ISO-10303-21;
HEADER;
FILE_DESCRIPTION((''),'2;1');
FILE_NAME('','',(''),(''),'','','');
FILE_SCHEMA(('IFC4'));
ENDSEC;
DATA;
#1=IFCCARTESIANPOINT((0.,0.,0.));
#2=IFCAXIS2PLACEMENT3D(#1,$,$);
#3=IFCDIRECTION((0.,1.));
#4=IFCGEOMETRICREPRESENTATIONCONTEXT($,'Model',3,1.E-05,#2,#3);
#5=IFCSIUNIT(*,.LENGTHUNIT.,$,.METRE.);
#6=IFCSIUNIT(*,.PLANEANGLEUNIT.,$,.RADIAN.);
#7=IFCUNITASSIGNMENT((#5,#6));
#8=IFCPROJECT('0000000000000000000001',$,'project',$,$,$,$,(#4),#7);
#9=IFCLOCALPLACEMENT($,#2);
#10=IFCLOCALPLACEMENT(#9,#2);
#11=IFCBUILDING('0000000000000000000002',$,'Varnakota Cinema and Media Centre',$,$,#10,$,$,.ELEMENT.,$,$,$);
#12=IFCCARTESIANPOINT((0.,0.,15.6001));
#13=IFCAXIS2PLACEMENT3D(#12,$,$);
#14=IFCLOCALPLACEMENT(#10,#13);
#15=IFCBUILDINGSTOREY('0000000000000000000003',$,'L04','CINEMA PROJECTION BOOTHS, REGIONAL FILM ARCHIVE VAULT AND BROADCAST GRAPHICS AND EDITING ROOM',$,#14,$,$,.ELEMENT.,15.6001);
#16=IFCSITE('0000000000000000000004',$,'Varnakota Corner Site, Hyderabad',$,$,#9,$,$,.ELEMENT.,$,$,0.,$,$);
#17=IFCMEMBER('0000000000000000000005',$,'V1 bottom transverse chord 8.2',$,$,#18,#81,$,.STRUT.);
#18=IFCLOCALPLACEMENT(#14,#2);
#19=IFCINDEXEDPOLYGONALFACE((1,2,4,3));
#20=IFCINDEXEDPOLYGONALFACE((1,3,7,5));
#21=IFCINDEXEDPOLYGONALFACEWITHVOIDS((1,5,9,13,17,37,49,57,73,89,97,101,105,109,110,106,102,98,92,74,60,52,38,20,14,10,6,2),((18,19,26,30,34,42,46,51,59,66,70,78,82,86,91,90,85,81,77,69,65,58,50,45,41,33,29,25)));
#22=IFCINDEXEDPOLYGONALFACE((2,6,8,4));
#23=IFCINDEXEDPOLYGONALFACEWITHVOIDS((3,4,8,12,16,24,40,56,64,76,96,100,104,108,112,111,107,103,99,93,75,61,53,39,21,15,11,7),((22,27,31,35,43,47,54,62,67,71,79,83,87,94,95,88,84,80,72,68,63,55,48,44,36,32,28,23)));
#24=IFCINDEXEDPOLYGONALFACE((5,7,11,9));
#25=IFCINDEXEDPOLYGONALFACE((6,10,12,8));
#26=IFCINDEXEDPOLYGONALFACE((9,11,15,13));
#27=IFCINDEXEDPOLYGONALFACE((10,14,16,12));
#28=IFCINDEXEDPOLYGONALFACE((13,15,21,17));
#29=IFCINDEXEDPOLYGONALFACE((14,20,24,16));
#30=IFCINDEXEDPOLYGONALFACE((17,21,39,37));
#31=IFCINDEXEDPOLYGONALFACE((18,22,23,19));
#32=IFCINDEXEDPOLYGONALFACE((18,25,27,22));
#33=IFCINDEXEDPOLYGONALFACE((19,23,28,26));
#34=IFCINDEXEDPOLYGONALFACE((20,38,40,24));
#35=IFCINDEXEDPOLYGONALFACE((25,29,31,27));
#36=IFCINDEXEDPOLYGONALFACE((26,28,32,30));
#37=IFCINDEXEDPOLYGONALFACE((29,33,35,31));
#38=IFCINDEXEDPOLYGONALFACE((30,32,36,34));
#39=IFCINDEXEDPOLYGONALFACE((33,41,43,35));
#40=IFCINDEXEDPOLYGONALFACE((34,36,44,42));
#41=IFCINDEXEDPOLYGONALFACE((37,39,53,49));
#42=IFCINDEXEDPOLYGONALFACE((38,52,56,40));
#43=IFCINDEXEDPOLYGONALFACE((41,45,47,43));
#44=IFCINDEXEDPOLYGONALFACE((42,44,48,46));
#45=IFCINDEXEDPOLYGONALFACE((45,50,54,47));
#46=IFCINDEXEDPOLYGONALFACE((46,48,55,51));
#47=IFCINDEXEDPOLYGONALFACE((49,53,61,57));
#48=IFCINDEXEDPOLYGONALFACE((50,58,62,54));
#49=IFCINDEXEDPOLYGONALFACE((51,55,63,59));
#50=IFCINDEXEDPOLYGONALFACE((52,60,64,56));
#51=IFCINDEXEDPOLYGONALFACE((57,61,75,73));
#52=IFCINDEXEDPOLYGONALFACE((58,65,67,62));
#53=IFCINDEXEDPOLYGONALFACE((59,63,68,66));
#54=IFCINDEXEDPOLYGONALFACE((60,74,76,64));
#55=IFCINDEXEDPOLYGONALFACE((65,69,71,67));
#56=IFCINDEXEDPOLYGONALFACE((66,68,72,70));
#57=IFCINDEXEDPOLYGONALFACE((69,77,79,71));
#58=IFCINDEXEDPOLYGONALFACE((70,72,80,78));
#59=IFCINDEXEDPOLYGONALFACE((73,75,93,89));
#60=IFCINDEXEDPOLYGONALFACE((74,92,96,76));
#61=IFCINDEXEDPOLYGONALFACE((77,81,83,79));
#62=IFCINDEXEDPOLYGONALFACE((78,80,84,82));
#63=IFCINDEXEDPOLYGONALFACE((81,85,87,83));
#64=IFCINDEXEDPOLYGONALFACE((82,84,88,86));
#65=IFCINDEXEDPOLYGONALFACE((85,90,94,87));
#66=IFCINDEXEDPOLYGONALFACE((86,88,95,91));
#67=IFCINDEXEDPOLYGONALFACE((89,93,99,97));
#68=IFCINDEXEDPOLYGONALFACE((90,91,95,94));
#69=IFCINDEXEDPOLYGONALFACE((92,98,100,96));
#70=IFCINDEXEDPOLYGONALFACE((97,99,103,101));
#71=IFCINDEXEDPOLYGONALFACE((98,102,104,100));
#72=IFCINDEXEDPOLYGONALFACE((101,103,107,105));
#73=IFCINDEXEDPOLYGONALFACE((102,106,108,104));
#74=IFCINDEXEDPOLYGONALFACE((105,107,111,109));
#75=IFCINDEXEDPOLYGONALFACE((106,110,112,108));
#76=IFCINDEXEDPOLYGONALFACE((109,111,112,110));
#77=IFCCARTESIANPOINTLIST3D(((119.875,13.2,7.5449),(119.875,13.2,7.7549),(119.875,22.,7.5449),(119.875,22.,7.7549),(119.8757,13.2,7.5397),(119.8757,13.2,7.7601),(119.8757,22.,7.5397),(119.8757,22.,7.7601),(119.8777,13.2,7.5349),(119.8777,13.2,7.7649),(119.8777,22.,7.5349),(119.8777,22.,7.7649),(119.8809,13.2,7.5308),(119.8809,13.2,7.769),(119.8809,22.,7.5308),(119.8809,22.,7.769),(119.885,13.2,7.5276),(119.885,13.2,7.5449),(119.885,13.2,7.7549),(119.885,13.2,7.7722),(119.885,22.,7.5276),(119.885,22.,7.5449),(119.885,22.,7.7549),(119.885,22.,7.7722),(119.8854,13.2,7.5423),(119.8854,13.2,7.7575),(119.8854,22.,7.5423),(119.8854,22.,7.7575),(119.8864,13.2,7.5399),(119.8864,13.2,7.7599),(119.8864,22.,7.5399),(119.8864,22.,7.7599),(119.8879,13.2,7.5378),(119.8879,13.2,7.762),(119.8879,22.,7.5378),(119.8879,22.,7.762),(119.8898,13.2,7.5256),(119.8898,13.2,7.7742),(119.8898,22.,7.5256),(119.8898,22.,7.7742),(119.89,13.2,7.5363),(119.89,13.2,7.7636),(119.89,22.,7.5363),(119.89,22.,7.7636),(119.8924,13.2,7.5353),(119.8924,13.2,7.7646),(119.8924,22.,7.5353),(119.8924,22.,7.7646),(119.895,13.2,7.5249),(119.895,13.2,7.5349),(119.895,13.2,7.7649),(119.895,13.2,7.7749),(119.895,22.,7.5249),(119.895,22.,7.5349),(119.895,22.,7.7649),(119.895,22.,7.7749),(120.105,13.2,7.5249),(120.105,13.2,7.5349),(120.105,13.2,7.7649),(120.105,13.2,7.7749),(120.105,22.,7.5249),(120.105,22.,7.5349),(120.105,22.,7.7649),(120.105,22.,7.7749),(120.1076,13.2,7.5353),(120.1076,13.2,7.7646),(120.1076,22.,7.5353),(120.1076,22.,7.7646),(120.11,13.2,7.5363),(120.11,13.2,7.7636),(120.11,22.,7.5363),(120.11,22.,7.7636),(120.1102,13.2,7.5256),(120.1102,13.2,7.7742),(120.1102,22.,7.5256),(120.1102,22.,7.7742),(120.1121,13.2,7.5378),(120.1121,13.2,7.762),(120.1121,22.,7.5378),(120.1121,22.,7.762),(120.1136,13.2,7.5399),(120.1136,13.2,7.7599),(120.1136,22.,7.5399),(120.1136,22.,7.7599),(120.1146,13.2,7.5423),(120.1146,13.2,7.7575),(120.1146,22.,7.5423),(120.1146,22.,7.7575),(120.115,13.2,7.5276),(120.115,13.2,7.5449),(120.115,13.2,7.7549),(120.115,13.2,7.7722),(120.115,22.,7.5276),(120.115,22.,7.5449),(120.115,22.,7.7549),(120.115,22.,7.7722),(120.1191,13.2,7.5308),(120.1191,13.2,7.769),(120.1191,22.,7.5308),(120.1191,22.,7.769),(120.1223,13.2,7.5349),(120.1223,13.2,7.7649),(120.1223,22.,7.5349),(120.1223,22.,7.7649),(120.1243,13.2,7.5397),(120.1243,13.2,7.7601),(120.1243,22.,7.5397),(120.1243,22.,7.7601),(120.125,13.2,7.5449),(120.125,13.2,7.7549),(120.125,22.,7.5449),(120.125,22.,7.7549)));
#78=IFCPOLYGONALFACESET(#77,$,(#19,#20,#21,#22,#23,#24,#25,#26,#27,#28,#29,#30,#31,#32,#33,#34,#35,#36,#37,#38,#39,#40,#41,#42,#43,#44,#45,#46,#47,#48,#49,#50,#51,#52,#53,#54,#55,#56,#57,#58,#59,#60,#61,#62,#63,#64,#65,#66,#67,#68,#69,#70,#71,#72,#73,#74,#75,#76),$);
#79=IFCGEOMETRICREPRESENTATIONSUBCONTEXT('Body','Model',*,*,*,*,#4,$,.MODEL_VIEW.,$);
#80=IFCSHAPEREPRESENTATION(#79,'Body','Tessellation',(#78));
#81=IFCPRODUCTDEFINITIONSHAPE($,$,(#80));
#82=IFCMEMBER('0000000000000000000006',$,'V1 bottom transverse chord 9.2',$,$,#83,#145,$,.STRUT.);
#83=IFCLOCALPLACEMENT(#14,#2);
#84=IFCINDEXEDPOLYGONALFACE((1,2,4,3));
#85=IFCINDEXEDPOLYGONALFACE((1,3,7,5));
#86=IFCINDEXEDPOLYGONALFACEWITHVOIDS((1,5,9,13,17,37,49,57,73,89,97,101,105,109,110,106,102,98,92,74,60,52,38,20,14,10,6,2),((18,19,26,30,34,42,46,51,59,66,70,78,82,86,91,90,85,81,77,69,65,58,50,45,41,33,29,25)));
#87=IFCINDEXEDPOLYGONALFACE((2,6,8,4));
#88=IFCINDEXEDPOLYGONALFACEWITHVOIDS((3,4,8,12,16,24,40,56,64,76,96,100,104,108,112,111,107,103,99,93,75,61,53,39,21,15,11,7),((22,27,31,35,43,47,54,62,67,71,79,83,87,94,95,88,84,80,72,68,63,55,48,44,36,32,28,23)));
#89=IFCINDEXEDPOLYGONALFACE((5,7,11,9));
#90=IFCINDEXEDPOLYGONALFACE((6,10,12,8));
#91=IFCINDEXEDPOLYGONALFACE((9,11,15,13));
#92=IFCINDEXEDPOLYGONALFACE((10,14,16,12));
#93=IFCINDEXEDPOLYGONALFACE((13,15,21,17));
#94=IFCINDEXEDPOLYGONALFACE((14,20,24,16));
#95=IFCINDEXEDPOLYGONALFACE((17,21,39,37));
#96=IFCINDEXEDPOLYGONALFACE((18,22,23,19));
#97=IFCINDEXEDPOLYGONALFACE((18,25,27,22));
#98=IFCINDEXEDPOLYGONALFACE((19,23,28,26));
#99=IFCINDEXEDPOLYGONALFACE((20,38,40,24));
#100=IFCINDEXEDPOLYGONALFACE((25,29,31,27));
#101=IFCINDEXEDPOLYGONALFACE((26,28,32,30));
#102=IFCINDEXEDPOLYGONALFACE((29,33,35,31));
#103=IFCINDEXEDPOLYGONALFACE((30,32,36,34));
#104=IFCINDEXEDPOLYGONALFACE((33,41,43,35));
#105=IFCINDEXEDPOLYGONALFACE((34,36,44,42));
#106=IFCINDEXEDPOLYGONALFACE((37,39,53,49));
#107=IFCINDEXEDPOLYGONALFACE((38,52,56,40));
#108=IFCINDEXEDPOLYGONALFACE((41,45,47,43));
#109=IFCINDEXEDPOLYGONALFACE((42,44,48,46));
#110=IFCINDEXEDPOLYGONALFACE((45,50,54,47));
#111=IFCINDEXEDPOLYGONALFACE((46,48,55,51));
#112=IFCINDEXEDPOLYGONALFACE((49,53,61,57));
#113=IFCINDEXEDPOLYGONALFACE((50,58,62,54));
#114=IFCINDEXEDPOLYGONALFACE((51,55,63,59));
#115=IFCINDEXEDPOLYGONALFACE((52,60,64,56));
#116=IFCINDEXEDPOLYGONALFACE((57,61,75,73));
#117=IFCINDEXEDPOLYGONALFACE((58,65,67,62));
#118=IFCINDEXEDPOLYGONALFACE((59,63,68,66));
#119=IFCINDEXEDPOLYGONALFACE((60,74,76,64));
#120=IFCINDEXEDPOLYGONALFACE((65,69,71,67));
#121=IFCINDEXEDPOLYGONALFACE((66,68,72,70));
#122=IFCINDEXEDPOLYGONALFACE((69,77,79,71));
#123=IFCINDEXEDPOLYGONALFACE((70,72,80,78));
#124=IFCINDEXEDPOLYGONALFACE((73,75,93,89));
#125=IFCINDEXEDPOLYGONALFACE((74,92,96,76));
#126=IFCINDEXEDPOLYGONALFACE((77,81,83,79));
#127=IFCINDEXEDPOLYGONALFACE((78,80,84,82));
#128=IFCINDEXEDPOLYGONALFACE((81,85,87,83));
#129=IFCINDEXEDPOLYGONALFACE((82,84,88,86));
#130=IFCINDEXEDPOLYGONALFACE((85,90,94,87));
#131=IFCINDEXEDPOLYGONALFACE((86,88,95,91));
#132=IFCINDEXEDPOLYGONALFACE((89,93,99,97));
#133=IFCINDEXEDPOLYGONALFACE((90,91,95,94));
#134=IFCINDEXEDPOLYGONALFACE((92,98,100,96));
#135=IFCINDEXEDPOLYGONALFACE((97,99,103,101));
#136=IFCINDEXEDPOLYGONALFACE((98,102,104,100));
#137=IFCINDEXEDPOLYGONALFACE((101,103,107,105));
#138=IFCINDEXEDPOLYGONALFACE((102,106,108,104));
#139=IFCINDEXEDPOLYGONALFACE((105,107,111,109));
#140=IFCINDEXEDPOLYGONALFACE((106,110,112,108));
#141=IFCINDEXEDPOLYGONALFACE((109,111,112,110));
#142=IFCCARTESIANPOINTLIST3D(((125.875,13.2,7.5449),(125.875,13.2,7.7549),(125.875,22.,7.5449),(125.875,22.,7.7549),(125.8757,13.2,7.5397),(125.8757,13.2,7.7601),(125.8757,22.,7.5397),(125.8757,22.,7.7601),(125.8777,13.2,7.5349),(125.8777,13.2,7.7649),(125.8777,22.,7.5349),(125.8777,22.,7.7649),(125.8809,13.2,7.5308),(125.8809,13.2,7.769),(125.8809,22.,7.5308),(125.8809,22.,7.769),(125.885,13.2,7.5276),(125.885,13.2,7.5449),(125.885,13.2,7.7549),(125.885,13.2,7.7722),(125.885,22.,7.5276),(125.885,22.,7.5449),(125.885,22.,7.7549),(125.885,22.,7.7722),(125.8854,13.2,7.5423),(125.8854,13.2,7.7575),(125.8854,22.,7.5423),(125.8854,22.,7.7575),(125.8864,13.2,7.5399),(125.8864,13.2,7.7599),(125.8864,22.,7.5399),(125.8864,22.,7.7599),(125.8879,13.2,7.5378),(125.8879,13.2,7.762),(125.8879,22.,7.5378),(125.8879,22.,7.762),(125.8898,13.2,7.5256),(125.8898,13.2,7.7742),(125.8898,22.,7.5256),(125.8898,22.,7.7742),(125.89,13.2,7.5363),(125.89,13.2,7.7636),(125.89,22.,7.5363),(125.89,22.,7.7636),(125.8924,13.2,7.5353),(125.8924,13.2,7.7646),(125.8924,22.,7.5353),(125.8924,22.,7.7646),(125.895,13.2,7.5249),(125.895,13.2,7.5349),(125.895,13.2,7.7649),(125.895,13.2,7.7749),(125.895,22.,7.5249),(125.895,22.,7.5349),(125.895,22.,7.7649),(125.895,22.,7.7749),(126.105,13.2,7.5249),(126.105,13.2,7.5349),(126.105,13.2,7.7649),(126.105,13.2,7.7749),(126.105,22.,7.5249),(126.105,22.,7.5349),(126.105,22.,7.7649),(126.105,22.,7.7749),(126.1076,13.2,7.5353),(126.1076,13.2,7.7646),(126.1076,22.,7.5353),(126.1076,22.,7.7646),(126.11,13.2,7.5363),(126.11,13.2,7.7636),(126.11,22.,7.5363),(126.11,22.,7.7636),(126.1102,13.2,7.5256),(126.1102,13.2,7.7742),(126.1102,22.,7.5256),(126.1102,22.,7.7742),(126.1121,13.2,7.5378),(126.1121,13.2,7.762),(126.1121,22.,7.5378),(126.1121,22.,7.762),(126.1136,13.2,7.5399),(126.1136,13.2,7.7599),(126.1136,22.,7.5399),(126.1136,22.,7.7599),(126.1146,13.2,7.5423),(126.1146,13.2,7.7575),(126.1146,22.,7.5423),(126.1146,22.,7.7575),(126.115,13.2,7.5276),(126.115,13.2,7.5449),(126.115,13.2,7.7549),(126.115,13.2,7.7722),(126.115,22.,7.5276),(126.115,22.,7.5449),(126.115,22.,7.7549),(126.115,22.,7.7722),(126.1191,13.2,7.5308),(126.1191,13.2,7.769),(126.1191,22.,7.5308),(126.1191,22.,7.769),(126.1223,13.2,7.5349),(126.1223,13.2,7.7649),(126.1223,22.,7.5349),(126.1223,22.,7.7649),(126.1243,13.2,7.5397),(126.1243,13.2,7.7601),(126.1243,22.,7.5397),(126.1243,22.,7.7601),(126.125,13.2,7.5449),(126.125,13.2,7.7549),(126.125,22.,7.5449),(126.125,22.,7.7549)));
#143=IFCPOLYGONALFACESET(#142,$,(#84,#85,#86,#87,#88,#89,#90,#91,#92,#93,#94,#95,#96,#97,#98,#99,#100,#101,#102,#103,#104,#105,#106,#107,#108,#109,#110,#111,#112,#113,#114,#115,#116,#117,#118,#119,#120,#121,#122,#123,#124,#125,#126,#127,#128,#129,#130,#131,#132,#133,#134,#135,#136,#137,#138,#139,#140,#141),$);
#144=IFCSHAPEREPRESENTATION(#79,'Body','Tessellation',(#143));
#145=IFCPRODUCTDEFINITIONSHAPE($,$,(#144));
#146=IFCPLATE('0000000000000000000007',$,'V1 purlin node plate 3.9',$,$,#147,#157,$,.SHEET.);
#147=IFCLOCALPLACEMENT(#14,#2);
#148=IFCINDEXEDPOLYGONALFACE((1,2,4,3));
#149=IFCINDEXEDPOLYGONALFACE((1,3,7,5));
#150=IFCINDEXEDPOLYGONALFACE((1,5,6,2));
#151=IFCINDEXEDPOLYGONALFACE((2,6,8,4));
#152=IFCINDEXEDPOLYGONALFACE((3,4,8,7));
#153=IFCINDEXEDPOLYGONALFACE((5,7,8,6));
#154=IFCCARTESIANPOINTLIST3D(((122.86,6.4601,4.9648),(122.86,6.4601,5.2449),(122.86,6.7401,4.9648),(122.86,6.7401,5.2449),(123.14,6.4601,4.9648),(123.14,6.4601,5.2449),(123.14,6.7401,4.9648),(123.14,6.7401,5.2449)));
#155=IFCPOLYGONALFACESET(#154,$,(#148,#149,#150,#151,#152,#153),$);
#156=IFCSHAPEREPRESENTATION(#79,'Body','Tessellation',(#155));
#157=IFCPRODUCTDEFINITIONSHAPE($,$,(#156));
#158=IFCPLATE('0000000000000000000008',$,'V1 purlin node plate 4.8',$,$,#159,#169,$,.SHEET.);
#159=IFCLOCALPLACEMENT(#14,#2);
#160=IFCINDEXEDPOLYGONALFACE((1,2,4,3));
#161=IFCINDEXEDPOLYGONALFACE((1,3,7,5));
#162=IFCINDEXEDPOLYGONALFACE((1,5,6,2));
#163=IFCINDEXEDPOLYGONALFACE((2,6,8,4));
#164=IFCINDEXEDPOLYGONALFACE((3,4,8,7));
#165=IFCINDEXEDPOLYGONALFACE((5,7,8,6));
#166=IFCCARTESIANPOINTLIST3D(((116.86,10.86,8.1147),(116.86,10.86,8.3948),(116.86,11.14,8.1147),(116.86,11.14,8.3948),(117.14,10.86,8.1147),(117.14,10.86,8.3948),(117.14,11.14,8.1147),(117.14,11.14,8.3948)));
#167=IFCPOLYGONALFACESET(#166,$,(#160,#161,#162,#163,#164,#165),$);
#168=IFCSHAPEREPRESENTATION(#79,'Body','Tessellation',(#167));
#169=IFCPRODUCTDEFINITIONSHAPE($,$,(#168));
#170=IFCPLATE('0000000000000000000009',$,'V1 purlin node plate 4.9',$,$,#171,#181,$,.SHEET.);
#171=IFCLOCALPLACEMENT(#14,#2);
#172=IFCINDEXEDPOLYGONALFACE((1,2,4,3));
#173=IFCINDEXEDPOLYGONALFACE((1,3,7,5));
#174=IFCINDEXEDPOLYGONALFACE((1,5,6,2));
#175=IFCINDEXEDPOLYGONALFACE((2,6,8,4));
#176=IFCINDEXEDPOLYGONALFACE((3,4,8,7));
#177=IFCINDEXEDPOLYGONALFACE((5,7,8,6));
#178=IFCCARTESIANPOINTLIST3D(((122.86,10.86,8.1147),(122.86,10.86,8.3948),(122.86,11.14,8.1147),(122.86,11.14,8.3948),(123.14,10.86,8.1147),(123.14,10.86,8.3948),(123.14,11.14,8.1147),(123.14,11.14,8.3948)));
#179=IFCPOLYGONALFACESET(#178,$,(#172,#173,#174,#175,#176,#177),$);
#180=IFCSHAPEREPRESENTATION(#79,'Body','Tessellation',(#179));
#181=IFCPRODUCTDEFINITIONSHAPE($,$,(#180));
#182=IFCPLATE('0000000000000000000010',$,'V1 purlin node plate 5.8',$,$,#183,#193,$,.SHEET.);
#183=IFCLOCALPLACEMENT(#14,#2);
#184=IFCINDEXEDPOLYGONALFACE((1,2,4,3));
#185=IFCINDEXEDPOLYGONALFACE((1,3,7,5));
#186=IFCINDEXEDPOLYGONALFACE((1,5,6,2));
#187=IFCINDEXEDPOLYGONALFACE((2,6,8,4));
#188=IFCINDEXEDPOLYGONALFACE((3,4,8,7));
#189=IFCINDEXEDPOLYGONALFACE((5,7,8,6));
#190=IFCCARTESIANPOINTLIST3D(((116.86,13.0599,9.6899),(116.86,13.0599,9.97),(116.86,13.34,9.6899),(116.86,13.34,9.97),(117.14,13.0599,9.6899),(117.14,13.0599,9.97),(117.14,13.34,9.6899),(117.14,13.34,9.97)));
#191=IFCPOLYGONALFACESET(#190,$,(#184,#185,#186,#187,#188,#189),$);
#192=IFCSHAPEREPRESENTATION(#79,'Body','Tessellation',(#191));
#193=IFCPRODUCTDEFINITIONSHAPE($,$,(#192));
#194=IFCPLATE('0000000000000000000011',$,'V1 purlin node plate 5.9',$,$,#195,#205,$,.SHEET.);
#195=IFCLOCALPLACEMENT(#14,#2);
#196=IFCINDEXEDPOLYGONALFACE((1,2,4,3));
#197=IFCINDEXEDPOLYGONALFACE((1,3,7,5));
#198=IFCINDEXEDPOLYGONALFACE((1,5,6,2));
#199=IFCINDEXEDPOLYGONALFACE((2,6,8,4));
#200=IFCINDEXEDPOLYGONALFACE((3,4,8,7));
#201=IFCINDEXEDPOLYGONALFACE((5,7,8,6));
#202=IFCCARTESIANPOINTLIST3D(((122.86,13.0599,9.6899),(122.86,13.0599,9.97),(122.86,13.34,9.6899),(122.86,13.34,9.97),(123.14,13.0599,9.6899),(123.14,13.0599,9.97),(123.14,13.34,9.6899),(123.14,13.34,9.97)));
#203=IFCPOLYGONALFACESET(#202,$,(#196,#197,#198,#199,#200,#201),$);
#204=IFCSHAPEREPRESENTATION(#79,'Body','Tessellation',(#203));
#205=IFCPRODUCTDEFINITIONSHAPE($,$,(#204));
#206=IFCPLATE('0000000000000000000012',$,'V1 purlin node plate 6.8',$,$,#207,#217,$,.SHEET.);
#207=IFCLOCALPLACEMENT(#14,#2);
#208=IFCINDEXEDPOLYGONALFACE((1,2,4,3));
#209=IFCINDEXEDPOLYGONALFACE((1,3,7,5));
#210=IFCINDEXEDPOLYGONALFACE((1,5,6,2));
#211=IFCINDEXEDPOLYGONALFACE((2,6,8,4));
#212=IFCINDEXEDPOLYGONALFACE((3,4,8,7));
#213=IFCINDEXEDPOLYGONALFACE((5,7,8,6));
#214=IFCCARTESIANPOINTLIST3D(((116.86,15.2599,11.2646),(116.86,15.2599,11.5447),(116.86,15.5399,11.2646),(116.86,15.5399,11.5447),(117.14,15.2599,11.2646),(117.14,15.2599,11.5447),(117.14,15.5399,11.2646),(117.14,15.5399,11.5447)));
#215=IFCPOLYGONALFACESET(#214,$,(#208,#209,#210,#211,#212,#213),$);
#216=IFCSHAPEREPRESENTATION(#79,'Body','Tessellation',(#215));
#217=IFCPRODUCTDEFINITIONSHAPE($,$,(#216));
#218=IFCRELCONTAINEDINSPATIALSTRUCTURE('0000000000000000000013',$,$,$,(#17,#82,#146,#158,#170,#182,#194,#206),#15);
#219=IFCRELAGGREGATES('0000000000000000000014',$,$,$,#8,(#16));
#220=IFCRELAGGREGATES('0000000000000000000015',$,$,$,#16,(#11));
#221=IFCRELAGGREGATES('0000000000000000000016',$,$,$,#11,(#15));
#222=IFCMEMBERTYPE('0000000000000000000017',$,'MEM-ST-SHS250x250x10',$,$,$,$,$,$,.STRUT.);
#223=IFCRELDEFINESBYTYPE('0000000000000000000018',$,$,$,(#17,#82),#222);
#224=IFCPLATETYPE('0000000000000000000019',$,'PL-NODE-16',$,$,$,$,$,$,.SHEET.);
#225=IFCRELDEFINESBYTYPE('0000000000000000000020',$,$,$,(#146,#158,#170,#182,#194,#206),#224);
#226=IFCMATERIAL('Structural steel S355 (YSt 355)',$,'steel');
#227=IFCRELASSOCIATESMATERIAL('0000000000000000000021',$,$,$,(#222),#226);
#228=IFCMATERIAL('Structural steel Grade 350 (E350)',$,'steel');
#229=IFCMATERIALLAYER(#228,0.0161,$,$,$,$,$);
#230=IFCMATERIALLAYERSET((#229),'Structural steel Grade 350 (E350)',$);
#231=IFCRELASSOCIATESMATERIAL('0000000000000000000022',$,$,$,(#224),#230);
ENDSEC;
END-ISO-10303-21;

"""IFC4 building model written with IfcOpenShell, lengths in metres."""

from ifc_helpers import new_model, si_unit, direction, frame, origin, origin_2d, place, context, subcontext, project, spatial, rectangle, hollow_rectangle, extrude, material, layer, layer_set, material_profile, profile_set, type_object, element, save


model = new_model("IFC4")

# Units and contexts
model_context = context("Model", 3, precision=1e-05, world=origin(), true_north=direction((0.0, 1.0)))
body_context = subcontext(model_context, "Body", "Model", "MODEL_VIEW")
ifc_project = project(units=[si_unit("LENGTHUNIT", "METRE"), si_unit("PLANEANGLEUNIT", "RADIAN")], contexts=[model_context])

# Site, building, storey
site_placement = place(None, origin())
site = spatial("IfcSite", under=ifc_project, at=site_placement, Name="Varnakota Corner Site, Hyderabad", CompositionType="ELEMENT", RefElevation=0.0)
building_placement = place(site_placement, origin())
building = spatial("IfcBuilding", under=site, at=building_placement, Name="Varnakota Cinema and Media Centre", CompositionType="ELEMENT")
storey_placement = place(building_placement, frame((0.0, 0.0, 15.6001)))
storey = spatial("IfcBuildingStorey", under=building, at=storey_placement, Name="L04", Description="CINEMA PROJECTION BOOTHS, REGIONAL FILM ARCHIVE VAULT AND BROADCAST GRAPHICS AND EDITING ROOM", CompositionType="ELEMENT", Elevation=15.6001)

# Members
ifc_material_1 = material(Name="Structural steel S355 (YSt 355)", Category="steel")
ifc_material_profile_1 = material_profile(ifc_material_1, hollow_rectangle(XDim=0.25, YDim=0.25, WallThickness=0.01, InnerFilletRadius=0.01, OuterFilletRadius=0.02, at=origin_2d()), Name="SHS 250x250x10")
ifc_profile_set_1 = profile_set([ifc_material_profile_1], Name="Structural steel S355 (YSt 355)")
member_type_1 = type_object("IfcMemberType", Name="MEM-ST-SHS250x250x10", PredefinedType="STRUT", material=ifc_profile_set_1)
for number, where, z_axis, x_axis, name in (
    (1, (120.0, 13.2, 7.6499), (0.0, 1.0, 0.0), (-1.0, 0.0, 0.0), "V1 bottom transverse chord 8.2"),
    (2, (126.0, 13.2, 7.6499), (0.0, 1.0, 0.0), (-1.0, 0.0, 0.0), "V1 bottom transverse chord 9.2"),
):
    element("IfcMember", number, at=place(storey_placement, frame(where, z_axis=z_axis, x_axis=x_axis)), inside=storey, type_object=member_type_1, Name=name, PredefinedType="STRUT", context=body_context, shape_type="SweptSolid", body=[
        extrude(hollow_rectangle(XDim=0.25, YDim=0.25, WallThickness=0.01, InnerFilletRadius=0.01, OuterFilletRadius=0.02, at=origin_2d()), origin(), (0.0, 0.0, 1.0), 8.8),
    ])

# Plates
ifc_material_2 = material(Name="Structural steel Grade 350 (E350)", Category="steel")
ifc_layer_1 = layer(ifc_material_2, 0.0161)
ifc_layer_set_1 = layer_set([ifc_layer_1], Name="Structural steel Grade 350 (E350)")
plate_type_1 = type_object("IfcPlateType", Name="PL-NODE-16", PredefinedType="SHEET", material=ifc_layer_set_1)
for number, where, z_axis, x_axis, name in (
    (3, (123.0, 6.6001, 4.9648), (0.0, 0.0, 1.0), (1.0, 0.0, 0.0), "V1 purlin node plate 3.9"),
    (4, (117.0, 11.0, 8.1147), (0.0, 0.0, 1.0), (1.0, 0.0, 0.0), "V1 purlin node plate 4.8"),
    (5, (123.0, 11.0, 8.1147), (0.0, 0.0, 1.0), (1.0, 0.0, 0.0), "V1 purlin node plate 4.9"),
    (6, (117.0, 13.2, 9.6899), (0.0, 0.0, 1.0), (1.0, 0.0, 0.0), "V1 purlin node plate 5.8"),
    (7, (123.0, 13.2, 9.6899), (0.0, 0.0, 1.0), (1.0, 0.0, 0.0), "V1 purlin node plate 5.9"),
    (8, (117.0, 15.3999, 11.2646), (0.0, 0.0, 1.0), (1.0, 0.0, 0.0), "V1 purlin node plate 6.8"),
):
    element("IfcPlate", number, at=place(storey_placement, frame(where, z_axis=z_axis, x_axis=x_axis)), inside=storey, type_object=plate_type_1, Name=name, PredefinedType="SHEET", context=body_context, shape_type="SweptSolid", body=[
        extrude(rectangle(XDim=0.28, YDim=0.28, at=origin_2d()), origin(), (0.0, 0.0, 1.0), 0.28),
    ])

save(model, "model.ifc")
